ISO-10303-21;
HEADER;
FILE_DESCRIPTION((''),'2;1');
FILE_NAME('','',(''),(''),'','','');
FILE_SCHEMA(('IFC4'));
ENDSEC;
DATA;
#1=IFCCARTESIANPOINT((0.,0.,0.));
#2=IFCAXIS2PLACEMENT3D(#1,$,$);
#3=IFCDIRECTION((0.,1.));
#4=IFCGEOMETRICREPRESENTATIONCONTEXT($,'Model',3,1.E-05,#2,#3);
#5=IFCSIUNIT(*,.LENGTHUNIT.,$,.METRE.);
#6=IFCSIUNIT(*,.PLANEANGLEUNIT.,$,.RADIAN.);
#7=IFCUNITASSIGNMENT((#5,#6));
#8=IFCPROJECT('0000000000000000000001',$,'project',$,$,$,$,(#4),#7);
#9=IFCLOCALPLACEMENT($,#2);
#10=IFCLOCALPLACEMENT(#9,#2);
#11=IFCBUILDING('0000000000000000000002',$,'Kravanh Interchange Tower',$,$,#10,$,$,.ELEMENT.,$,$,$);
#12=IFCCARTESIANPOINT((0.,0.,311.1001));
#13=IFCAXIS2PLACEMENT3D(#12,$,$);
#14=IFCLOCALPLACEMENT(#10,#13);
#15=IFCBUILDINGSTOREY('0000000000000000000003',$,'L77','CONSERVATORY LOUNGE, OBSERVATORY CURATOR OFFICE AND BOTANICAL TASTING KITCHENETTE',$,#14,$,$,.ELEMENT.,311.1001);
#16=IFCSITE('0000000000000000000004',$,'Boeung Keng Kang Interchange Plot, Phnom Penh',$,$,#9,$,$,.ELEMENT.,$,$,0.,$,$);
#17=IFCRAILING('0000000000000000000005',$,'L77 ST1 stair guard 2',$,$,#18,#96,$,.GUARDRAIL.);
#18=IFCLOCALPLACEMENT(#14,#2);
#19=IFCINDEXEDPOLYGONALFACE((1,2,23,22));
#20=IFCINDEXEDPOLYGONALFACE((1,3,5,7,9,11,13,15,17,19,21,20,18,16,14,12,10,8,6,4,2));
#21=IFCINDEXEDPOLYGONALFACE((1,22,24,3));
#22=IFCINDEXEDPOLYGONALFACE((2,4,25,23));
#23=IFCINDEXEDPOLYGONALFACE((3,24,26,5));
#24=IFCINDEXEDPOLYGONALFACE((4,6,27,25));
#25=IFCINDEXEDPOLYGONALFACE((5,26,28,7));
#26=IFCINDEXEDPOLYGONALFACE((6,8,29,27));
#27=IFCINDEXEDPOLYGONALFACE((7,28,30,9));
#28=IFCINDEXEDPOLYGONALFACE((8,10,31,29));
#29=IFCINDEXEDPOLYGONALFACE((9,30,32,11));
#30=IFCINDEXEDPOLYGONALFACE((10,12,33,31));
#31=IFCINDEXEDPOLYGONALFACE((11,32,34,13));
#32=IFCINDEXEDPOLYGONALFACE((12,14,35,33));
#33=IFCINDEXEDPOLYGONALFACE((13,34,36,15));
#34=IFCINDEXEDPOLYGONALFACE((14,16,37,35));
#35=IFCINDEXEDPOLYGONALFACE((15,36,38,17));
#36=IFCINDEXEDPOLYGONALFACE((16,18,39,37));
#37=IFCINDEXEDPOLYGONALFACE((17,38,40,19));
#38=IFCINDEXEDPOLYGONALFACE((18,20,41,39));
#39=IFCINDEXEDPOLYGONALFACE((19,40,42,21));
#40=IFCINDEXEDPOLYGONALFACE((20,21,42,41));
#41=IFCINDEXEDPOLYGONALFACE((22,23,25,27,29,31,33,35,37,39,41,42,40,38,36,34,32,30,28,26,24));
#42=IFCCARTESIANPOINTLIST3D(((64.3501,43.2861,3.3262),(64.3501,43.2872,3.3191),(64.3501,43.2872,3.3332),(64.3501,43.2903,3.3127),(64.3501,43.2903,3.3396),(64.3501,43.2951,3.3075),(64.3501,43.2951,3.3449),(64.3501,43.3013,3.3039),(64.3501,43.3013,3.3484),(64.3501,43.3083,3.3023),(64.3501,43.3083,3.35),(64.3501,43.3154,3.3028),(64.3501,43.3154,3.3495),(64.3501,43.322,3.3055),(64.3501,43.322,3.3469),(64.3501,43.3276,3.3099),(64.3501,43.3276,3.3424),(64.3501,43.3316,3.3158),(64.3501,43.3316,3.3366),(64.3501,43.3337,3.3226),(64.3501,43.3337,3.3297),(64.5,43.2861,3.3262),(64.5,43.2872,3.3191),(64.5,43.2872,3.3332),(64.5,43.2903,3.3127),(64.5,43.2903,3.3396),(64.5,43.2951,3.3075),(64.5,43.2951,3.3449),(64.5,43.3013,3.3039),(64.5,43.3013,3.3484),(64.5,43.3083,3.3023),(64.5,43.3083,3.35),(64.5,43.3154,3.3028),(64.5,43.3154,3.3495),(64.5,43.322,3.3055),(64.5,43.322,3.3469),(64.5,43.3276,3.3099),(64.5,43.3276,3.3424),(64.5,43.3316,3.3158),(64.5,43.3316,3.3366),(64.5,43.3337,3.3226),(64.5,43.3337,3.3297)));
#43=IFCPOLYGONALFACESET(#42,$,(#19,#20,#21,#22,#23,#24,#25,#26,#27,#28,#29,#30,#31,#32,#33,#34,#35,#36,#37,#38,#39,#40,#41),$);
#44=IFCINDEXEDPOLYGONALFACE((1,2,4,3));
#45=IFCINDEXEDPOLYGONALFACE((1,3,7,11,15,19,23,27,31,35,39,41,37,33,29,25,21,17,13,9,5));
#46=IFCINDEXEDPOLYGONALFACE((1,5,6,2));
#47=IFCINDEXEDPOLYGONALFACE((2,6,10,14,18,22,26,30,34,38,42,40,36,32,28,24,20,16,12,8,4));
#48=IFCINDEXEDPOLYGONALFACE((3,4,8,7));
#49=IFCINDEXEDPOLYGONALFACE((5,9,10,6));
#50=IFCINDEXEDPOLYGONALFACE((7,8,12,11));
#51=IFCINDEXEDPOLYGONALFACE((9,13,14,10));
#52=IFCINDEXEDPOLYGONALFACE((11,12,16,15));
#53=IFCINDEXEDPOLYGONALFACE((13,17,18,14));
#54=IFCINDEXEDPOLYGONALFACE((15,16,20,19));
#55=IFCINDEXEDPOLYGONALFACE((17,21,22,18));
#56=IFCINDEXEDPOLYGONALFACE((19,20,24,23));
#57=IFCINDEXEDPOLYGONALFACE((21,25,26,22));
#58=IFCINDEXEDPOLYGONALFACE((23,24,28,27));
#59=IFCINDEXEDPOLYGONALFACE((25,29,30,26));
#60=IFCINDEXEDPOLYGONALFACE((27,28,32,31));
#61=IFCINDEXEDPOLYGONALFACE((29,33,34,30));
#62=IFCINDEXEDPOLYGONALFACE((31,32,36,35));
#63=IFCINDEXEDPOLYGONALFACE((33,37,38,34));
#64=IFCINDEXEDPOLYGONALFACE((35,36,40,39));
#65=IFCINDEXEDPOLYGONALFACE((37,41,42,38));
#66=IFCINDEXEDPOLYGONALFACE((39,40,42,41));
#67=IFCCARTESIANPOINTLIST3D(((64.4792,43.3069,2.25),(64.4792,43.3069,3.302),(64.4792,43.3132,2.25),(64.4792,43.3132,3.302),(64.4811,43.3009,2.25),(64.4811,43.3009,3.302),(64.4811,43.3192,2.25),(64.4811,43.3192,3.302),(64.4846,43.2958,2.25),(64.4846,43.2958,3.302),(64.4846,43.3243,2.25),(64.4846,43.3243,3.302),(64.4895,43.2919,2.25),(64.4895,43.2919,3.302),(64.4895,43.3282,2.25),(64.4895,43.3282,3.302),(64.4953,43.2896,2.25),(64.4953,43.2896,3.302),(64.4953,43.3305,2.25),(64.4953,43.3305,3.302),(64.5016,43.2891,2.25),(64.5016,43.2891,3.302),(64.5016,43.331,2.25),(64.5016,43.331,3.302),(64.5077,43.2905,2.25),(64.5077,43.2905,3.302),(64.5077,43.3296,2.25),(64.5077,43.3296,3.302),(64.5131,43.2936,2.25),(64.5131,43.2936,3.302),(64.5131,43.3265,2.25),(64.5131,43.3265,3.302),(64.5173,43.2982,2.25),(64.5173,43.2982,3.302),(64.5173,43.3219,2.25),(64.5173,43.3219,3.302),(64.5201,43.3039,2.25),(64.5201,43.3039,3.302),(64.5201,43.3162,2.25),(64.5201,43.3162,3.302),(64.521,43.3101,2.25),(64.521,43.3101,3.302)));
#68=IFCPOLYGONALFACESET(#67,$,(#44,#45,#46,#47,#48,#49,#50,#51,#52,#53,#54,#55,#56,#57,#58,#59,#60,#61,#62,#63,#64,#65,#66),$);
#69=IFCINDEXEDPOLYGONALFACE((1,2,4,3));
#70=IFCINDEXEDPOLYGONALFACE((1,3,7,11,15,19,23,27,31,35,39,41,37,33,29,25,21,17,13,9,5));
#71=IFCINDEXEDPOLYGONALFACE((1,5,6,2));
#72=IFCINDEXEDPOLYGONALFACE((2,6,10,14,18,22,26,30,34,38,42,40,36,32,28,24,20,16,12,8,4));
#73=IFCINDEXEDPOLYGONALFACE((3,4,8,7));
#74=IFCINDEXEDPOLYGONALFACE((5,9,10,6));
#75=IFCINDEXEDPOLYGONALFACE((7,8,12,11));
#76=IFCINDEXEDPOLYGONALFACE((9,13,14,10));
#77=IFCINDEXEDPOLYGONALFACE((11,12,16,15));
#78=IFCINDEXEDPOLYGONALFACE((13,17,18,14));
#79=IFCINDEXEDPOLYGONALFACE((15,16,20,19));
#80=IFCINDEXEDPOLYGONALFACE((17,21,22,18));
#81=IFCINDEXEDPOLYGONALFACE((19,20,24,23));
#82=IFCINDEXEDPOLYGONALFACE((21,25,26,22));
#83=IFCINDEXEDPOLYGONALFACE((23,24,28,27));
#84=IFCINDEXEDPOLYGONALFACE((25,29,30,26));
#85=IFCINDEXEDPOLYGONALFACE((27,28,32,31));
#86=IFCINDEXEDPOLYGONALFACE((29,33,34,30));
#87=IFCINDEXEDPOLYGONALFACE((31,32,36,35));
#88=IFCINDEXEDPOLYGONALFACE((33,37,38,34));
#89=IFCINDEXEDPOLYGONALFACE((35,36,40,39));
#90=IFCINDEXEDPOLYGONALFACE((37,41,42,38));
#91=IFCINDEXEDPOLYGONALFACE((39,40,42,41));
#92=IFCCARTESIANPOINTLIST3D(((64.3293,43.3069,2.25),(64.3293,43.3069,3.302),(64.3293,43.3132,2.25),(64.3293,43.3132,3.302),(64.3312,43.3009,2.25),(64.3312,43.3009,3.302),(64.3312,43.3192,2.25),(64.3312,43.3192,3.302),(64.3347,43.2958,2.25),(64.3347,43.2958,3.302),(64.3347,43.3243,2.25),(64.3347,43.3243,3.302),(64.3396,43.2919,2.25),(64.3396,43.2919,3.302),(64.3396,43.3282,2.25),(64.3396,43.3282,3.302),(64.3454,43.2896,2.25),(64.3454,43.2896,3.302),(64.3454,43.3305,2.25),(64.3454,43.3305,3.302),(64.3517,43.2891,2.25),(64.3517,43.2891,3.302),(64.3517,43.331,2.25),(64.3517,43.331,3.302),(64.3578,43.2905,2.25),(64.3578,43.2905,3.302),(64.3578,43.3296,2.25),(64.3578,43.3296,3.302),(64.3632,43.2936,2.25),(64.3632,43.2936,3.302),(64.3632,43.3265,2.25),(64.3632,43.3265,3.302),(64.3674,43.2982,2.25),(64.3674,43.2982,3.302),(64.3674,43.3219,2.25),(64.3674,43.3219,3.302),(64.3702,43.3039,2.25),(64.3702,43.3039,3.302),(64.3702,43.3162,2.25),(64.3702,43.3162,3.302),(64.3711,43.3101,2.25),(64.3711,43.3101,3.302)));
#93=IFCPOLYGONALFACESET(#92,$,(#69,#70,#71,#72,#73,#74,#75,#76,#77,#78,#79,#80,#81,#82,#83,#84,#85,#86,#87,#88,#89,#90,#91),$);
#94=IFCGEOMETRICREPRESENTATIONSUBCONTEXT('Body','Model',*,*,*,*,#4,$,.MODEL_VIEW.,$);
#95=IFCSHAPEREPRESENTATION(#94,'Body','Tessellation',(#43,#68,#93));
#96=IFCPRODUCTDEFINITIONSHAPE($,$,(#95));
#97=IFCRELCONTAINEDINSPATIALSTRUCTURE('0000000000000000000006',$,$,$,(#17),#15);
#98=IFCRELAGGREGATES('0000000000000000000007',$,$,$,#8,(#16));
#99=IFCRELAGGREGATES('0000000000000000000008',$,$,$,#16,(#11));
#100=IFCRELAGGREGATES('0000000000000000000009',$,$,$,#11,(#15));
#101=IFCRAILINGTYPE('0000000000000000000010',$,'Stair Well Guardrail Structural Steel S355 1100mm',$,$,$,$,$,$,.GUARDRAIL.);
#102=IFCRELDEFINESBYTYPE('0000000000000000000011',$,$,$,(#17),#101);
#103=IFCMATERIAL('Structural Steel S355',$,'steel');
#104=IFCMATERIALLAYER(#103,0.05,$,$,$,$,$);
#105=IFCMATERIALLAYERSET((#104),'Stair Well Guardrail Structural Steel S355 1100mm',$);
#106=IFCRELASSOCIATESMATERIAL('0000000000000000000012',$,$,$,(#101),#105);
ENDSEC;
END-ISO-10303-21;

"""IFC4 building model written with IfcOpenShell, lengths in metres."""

from ifc_helpers import new_model, si_unit, direction, frame, origin, origin_2d, place, context, subcontext, project, spatial, circle, extrude, material, layer, layer_set, type_object, element, save


model = new_model("IFC4")

# Units and contexts
model_context = context("Model", 3, precision=1e-05, world=origin(), true_north=direction((0.0, 1.0)))
body_context = subcontext(model_context, "Body", "Model", "MODEL_VIEW")
ifc_project = project(units=[si_unit("LENGTHUNIT", "METRE"), si_unit("PLANEANGLEUNIT", "RADIAN")], contexts=[model_context])

# Site, building, storey
site_placement = place(None, origin())
site = spatial("IfcSite", under=ifc_project, at=site_placement, Name="Boeung Keng Kang Interchange Plot, Phnom Penh", CompositionType="ELEMENT", RefElevation=0.0)
building_placement = place(site_placement, origin())
building = spatial("IfcBuilding", under=site, at=building_placement, Name="Kravanh Interchange Tower", CompositionType="ELEMENT")
storey_placement = place(building_placement, frame((0.0, 0.0, 311.1001)))
storey = spatial("IfcBuildingStorey", under=building, at=storey_placement, Name="L77", Description="CONSERVATORY LOUNGE, OBSERVATORY CURATOR OFFICE AND BOTANICAL TASTING KITCHENETTE", CompositionType="ELEMENT", Elevation=311.1001)

# Railing
ifc_material_1 = material(Name="Structural Steel S355", Category="steel")
ifc_layer_1 = layer(ifc_material_1, 0.05)
ifc_layer_set_1 = layer_set([ifc_layer_1], Name="Stair Well Guardrail Structural Steel S355 1100mm")
railing_type_1 = type_object("IfcRailingType", Name="Stair Well Guardrail Structural Steel S355 1100mm", PredefinedType="GUARDRAIL", material=ifc_layer_set_1)
railing_1_placement = place(storey_placement, frame((64.5, 43.3101, 2.25)))
element("IfcRailing", 1, at=railing_1_placement, inside=storey, type_object=railing_type_1, Name="L77 ST1 stair guard 2", PredefinedType="GUARDRAIL", context=body_context, shape_type="SweptSolid", body=[
    extrude(circle(Radius=0.0239, at=origin_2d()), frame((0.0, 0.0, 1.0762), z_axis=(-1.0, 0.0, 0.0), x_axis=(0.0, -1.0, 0.0)), (0.0, 0.0, 1.0), 0.1499),
    extrude(circle(Radius=0.021, at=origin_2d()), origin(), (0.0, 0.0, 1.0), 1.052),
    extrude(circle(Radius=0.021, at=origin_2d()), frame((-0.1499, 0.0, 0.0)), (0.0, 0.0, 1.0), 1.052),
])

save(model, "model.ifc")
